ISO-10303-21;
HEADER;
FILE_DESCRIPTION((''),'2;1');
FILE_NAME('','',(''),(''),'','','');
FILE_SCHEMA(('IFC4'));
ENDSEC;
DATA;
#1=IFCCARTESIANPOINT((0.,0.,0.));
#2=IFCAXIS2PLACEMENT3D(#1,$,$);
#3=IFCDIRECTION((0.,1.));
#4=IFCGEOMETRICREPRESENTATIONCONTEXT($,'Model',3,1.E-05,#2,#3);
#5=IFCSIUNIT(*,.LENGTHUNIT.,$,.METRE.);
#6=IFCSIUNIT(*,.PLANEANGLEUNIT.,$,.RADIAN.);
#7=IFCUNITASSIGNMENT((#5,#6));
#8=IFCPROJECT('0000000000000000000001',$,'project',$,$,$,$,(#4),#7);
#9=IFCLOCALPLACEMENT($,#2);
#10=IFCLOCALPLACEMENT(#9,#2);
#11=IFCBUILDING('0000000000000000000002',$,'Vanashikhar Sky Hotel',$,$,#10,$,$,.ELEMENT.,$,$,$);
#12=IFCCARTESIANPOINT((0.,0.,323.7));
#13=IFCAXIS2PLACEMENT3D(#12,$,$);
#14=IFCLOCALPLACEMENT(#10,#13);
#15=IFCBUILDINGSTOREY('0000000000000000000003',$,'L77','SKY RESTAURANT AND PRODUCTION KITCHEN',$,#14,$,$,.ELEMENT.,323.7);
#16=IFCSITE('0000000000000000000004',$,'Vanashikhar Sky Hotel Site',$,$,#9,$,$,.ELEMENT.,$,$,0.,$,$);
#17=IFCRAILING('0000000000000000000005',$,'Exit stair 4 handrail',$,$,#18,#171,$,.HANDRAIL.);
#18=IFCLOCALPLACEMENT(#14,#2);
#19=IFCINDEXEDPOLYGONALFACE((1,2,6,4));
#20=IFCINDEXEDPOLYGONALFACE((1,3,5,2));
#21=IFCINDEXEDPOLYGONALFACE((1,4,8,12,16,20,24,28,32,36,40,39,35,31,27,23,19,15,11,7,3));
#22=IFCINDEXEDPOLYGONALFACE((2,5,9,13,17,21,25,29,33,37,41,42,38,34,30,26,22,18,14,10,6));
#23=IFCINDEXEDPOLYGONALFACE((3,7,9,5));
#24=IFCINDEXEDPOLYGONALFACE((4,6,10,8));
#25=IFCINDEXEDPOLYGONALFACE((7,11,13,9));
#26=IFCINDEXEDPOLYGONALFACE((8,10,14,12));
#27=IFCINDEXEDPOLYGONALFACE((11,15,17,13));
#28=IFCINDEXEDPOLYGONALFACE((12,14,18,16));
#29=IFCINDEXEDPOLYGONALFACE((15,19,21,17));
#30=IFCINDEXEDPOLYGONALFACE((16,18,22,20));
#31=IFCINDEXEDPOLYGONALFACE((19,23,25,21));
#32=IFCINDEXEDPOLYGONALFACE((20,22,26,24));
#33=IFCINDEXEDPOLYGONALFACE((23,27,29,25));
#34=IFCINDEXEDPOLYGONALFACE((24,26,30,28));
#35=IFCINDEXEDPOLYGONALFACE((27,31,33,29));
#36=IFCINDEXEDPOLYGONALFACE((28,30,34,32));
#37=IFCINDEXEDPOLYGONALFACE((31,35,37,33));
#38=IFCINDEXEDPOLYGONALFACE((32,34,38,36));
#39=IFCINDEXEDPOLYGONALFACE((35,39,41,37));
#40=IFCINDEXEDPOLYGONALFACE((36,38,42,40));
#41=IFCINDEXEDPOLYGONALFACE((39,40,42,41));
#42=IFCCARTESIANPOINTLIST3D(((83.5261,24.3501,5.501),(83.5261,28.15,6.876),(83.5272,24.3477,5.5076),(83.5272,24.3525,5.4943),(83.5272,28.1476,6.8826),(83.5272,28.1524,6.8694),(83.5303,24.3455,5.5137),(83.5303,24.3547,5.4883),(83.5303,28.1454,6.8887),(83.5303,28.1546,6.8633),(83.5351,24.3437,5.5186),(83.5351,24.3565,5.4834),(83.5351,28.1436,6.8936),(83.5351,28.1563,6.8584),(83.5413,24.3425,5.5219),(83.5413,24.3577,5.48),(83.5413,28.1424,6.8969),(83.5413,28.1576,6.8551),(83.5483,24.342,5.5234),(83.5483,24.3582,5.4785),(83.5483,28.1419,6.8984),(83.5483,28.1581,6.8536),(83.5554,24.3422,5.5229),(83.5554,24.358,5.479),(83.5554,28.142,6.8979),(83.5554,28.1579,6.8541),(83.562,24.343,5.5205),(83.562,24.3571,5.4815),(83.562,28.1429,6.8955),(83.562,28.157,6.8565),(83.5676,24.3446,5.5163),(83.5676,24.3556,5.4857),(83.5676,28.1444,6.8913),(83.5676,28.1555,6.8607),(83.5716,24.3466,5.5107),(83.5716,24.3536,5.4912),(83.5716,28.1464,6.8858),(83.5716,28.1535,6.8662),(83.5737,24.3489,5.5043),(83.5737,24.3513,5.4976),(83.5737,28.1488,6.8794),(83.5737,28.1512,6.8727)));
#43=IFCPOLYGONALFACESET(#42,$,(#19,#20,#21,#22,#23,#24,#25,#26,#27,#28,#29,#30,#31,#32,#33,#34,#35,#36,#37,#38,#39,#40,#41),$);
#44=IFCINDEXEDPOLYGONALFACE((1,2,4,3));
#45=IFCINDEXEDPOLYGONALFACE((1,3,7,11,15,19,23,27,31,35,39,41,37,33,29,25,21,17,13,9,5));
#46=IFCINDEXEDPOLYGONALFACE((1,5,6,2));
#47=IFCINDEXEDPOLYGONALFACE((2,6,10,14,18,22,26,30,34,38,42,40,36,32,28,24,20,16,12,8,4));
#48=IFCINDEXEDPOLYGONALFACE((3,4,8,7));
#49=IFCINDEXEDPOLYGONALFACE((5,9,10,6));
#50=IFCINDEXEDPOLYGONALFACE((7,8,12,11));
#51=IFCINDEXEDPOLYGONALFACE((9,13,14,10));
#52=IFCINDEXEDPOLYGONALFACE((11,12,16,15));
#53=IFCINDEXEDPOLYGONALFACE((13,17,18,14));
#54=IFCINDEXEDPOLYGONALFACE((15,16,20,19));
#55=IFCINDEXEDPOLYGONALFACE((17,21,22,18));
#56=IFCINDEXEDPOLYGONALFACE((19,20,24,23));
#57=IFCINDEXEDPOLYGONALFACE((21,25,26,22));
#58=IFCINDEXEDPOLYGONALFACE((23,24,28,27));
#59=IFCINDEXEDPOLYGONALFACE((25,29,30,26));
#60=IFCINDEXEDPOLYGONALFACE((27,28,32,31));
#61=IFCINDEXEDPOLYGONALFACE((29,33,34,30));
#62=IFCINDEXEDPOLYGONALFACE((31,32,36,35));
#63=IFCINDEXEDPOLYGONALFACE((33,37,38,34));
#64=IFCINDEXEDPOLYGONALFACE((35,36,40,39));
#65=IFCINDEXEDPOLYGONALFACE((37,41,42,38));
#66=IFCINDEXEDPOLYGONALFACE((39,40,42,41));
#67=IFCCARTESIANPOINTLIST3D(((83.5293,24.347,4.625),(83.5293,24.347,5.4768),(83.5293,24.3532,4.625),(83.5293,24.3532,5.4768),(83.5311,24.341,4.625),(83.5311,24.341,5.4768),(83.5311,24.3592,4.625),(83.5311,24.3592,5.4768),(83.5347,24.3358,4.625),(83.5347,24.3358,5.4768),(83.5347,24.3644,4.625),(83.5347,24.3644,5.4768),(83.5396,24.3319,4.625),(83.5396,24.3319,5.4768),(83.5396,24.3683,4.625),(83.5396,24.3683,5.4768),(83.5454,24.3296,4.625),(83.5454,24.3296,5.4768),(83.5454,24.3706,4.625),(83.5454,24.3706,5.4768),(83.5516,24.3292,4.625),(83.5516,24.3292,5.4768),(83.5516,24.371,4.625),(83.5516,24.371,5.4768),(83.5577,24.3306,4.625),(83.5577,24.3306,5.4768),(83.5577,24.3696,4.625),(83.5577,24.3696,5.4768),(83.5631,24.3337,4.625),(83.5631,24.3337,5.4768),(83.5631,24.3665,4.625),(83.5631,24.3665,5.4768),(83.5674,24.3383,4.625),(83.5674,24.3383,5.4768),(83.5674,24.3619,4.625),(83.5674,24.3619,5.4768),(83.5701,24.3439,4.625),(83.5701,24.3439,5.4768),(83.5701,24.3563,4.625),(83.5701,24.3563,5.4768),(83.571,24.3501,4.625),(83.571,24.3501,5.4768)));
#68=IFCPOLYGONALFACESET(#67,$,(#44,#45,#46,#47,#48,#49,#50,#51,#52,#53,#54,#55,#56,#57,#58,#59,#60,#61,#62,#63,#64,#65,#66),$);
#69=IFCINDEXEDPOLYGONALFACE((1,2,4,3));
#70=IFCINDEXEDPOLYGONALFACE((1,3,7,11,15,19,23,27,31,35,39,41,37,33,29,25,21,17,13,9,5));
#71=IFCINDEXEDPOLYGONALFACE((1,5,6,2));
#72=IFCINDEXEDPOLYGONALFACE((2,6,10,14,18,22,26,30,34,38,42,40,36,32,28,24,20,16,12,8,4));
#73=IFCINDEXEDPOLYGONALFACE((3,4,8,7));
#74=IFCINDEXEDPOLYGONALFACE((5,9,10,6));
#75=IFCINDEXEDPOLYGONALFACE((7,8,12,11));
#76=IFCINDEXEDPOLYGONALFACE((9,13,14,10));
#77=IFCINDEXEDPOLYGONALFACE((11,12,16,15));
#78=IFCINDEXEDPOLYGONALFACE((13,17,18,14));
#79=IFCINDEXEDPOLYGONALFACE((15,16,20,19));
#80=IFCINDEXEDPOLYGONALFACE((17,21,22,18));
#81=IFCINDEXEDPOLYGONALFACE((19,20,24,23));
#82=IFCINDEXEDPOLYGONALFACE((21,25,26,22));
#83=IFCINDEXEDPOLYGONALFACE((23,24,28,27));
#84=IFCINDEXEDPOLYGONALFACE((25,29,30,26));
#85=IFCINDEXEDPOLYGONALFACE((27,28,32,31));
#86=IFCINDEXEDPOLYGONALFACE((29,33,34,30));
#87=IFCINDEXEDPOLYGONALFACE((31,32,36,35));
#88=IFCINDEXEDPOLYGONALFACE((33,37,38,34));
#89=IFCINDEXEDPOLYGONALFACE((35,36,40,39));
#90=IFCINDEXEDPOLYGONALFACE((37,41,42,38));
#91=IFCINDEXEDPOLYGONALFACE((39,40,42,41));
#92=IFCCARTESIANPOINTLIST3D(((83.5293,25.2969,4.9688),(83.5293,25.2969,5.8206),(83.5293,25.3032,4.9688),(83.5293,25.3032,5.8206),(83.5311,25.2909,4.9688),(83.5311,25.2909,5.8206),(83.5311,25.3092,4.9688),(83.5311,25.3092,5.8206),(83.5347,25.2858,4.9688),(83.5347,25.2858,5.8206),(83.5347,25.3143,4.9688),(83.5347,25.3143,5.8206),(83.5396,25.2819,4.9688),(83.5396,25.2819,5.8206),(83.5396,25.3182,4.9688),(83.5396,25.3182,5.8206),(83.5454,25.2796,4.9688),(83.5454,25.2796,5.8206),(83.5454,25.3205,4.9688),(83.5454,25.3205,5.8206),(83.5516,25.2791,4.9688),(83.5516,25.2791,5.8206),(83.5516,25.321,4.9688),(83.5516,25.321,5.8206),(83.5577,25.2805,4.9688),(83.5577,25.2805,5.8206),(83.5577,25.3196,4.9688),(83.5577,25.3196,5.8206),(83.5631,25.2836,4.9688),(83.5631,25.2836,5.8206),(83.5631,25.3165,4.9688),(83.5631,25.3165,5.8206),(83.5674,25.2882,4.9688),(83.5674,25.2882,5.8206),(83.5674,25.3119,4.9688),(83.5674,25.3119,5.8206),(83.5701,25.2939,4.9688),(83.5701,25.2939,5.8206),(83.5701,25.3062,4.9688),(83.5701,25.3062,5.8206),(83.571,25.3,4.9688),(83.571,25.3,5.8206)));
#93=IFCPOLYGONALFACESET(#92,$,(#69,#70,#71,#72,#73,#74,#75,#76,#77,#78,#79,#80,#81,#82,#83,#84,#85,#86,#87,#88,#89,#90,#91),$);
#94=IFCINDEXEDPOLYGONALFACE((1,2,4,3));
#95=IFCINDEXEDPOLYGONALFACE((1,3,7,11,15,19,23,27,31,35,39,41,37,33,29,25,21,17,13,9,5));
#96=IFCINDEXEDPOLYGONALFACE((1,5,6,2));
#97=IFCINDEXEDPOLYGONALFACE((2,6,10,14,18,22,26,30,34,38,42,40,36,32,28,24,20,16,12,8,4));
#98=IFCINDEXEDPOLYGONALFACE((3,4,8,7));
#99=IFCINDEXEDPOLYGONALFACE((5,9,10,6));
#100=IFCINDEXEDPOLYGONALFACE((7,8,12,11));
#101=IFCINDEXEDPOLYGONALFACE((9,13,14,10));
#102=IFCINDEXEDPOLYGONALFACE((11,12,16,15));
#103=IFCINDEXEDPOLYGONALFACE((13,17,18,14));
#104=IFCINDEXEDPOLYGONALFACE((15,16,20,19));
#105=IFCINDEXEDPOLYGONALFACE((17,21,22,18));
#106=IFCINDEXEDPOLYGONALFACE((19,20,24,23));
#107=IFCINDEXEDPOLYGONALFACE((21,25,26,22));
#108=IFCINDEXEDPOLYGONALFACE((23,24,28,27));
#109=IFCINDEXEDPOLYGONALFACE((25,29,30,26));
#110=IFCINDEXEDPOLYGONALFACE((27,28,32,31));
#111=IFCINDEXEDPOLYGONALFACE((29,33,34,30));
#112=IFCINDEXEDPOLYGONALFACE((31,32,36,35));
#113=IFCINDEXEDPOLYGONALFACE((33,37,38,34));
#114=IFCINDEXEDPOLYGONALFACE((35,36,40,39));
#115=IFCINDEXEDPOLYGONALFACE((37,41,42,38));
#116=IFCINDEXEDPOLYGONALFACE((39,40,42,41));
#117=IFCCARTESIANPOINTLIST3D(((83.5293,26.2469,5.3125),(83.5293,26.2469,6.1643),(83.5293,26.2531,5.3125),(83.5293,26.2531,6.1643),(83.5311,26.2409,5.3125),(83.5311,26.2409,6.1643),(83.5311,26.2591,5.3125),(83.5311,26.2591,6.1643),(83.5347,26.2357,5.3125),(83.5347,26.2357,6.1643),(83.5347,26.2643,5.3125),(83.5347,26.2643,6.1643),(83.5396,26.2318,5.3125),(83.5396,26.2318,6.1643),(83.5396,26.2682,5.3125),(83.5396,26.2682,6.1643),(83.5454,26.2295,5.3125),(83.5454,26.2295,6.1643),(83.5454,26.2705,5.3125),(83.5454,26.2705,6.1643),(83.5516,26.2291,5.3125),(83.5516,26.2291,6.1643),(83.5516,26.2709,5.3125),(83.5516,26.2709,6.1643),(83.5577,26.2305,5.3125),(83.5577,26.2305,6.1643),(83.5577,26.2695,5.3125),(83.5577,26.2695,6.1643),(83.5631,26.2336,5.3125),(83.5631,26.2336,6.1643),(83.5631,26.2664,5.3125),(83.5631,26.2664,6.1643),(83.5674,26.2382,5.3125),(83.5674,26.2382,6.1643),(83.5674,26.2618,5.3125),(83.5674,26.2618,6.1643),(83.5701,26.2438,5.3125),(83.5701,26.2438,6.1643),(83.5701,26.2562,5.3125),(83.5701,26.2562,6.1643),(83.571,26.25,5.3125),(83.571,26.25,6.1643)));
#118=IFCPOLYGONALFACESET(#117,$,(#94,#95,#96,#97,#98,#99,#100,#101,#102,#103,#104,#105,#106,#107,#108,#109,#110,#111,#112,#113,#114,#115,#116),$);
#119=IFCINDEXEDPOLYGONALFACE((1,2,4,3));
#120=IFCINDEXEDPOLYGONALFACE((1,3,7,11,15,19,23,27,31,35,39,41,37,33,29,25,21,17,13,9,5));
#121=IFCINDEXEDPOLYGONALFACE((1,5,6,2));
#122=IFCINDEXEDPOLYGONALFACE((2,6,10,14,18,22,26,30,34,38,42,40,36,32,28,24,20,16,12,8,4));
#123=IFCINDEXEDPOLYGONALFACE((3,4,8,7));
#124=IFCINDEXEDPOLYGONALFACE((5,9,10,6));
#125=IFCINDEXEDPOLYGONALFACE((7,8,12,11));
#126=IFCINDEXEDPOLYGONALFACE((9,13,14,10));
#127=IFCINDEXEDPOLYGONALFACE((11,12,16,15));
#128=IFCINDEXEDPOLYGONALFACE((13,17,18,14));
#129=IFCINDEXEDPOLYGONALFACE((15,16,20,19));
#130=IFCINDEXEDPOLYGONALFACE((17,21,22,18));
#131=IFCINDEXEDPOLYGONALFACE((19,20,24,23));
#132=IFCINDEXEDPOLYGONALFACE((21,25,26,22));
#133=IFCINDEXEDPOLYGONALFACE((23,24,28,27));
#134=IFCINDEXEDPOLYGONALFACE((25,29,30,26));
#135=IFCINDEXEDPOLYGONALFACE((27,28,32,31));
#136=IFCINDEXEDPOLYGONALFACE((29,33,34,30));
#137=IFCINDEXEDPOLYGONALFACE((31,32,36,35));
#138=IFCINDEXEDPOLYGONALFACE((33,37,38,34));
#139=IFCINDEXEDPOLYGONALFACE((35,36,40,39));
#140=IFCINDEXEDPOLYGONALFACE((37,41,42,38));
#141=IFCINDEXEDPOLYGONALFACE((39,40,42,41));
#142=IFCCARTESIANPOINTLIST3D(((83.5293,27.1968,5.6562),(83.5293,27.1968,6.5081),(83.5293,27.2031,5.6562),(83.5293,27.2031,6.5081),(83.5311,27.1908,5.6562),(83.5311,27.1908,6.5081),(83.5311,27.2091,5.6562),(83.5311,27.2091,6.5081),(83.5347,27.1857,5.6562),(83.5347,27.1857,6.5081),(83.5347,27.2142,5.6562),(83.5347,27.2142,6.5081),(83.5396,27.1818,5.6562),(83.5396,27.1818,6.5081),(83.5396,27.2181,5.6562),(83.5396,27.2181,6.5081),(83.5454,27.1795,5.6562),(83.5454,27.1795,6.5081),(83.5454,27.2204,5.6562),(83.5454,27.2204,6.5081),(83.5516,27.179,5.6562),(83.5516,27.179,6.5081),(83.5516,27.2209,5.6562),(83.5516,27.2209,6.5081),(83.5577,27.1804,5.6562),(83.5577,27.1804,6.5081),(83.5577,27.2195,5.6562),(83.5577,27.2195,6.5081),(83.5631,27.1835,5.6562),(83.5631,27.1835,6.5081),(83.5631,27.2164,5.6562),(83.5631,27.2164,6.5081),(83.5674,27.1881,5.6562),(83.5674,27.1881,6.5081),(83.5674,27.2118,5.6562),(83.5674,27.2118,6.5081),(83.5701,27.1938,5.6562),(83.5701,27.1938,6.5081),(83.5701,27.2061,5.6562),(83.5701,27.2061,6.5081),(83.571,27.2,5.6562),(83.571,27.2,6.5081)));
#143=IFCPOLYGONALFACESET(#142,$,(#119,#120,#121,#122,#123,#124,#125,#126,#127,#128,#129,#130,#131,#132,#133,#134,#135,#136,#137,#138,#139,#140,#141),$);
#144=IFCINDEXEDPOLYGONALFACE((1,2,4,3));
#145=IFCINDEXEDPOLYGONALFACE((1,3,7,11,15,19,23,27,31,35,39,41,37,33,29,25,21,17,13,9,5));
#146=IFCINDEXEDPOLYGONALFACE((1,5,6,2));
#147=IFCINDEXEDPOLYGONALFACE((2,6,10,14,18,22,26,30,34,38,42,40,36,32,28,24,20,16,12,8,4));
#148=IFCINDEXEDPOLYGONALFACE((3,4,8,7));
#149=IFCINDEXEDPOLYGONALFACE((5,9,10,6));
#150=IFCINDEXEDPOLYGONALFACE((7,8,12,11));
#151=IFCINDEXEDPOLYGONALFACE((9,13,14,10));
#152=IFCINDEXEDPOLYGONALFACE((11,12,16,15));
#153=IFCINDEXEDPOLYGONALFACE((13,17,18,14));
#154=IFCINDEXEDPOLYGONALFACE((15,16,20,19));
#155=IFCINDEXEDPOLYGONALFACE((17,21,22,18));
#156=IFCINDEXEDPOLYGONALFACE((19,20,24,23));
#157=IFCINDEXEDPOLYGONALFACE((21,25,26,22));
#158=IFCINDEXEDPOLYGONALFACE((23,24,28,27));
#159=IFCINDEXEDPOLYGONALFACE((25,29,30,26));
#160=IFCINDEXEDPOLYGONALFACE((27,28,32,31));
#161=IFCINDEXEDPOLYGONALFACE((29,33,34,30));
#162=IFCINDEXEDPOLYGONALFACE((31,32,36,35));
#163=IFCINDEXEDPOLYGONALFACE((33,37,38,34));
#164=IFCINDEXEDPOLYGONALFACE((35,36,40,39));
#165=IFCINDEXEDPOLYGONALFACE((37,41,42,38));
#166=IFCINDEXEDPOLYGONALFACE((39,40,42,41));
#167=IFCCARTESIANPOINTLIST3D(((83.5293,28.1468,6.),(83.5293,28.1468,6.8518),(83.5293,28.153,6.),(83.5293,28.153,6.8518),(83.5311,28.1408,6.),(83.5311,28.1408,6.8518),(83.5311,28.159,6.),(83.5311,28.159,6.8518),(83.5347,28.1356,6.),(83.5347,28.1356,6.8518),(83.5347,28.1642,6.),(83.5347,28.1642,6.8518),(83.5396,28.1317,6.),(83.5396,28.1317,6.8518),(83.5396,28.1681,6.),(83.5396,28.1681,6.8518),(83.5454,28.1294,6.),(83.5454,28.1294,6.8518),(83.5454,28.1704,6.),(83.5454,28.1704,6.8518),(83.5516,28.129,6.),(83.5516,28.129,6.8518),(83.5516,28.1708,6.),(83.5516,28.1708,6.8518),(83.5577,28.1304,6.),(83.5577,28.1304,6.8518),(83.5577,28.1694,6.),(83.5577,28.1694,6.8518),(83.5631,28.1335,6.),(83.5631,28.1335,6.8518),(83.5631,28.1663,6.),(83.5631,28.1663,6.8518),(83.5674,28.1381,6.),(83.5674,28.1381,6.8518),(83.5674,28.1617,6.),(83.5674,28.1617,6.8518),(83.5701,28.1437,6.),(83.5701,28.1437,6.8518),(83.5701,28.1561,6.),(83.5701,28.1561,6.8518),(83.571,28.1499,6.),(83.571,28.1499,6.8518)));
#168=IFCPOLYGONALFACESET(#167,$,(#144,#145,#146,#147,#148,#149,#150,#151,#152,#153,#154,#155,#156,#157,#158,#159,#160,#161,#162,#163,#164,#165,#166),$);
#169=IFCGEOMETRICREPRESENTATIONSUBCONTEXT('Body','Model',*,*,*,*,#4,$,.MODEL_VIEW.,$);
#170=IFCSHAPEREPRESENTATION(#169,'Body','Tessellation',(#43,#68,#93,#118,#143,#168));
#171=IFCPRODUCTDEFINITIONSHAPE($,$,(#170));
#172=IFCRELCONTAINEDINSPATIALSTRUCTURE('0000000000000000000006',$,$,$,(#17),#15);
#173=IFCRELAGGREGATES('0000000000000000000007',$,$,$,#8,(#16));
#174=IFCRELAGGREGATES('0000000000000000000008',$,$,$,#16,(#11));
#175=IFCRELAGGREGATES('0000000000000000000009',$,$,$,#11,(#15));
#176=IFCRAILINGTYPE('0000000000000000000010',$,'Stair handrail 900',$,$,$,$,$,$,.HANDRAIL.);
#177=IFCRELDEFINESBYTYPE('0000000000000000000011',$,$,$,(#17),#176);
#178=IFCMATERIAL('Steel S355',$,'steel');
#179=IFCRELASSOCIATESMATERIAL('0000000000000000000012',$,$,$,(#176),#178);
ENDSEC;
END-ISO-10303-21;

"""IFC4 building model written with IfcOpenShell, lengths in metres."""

from ifc_helpers import new_model, si_unit, direction, frame, origin, origin_2d, place, context, subcontext, project, spatial, circle, extrude, source, transform, mapped, material, type_object, element, save


model = new_model("IFC4")

# Units and contexts
model_context = context("Model", 3, precision=1e-05, world=origin(), true_north=direction((0.0, 1.0)))
body_context = subcontext(model_context, "Body", "Model", "MODEL_VIEW")
ifc_project = project(units=[si_unit("LENGTHUNIT", "METRE"), si_unit("PLANEANGLEUNIT", "RADIAN")], contexts=[model_context])

# Site, building, storey
site_placement = place(None, origin())
site = spatial("IfcSite", under=ifc_project, at=site_placement, Name="Vanashikhar Sky Hotel Site", CompositionType="ELEMENT", RefElevation=0.0)
building_placement = place(site_placement, origin())
building = spatial("IfcBuilding", under=site, at=building_placement, Name="Vanashikhar Sky Hotel", CompositionType="ELEMENT")
storey_placement = place(building_placement, frame((0.0, 0.0, 323.7)))
storey = spatial("IfcBuildingStorey", under=building, at=storey_placement, Name="L77", Description="SKY RESTAURANT AND PRODUCTION KITCHEN", CompositionType="ELEMENT", Elevation=323.7)

# Railing
ifc_material_1 = material(Name="Steel S355", Category="steel")
railing_type_1 = type_object("IfcRailingType", Name="Stair handrail 900", PredefinedType="HANDRAIL", material=ifc_material_1)
shared_shape_1 = source(origin(), body_context, "Body", "SweptSolid", [
    extrude(circle(Radius=0.0239, at=origin_2d()), frame((0.0, 0.0, 0.876), z_axis=(0.0, 0.940329, 0.340268), x_axis=(-1.0, 0.0, 0.0)), (0.0, 0.0, 1.0), 4.041),
    extrude(circle(Radius=0.021, at=origin_2d()), origin(), (0.0, 0.0, 1.0), 0.8518),
    extrude(circle(Radius=0.021, at=origin_2d()), frame((0.0, 0.95, 0.3438)), (0.0, 0.0, 1.0), 0.8518),
    extrude(circle(Radius=0.021, at=origin_2d()), frame((0.0, 1.8999, 0.6875)), (0.0, 0.0, 1.0), 0.8518),
    extrude(circle(Radius=0.021, at=origin_2d()), frame((0.0, 2.8499, 1.0312)), (0.0, 0.0, 1.0), 0.8518),
    extrude(circle(Radius=0.021, at=origin_2d()), frame((0.0, 3.7998, 1.375)), (0.0, 0.0, 1.0), 0.8518),
])
for number, where, name in (
    (1, (83.55, 24.3501, 4.625), "Exit stair 4 handrail"),
):
    element("IfcRailing", number, at=place(storey_placement, frame(where)), inside=storey, type_object=railing_type_1, Name=name, PredefinedType="HANDRAIL", context=body_context, shape_type="MappedRepresentation", body=[
        mapped(shared_shape_1, transform((0.0, 0.0, 0.0), scale=1.0)),
    ])

save(model, "model.ifc")
